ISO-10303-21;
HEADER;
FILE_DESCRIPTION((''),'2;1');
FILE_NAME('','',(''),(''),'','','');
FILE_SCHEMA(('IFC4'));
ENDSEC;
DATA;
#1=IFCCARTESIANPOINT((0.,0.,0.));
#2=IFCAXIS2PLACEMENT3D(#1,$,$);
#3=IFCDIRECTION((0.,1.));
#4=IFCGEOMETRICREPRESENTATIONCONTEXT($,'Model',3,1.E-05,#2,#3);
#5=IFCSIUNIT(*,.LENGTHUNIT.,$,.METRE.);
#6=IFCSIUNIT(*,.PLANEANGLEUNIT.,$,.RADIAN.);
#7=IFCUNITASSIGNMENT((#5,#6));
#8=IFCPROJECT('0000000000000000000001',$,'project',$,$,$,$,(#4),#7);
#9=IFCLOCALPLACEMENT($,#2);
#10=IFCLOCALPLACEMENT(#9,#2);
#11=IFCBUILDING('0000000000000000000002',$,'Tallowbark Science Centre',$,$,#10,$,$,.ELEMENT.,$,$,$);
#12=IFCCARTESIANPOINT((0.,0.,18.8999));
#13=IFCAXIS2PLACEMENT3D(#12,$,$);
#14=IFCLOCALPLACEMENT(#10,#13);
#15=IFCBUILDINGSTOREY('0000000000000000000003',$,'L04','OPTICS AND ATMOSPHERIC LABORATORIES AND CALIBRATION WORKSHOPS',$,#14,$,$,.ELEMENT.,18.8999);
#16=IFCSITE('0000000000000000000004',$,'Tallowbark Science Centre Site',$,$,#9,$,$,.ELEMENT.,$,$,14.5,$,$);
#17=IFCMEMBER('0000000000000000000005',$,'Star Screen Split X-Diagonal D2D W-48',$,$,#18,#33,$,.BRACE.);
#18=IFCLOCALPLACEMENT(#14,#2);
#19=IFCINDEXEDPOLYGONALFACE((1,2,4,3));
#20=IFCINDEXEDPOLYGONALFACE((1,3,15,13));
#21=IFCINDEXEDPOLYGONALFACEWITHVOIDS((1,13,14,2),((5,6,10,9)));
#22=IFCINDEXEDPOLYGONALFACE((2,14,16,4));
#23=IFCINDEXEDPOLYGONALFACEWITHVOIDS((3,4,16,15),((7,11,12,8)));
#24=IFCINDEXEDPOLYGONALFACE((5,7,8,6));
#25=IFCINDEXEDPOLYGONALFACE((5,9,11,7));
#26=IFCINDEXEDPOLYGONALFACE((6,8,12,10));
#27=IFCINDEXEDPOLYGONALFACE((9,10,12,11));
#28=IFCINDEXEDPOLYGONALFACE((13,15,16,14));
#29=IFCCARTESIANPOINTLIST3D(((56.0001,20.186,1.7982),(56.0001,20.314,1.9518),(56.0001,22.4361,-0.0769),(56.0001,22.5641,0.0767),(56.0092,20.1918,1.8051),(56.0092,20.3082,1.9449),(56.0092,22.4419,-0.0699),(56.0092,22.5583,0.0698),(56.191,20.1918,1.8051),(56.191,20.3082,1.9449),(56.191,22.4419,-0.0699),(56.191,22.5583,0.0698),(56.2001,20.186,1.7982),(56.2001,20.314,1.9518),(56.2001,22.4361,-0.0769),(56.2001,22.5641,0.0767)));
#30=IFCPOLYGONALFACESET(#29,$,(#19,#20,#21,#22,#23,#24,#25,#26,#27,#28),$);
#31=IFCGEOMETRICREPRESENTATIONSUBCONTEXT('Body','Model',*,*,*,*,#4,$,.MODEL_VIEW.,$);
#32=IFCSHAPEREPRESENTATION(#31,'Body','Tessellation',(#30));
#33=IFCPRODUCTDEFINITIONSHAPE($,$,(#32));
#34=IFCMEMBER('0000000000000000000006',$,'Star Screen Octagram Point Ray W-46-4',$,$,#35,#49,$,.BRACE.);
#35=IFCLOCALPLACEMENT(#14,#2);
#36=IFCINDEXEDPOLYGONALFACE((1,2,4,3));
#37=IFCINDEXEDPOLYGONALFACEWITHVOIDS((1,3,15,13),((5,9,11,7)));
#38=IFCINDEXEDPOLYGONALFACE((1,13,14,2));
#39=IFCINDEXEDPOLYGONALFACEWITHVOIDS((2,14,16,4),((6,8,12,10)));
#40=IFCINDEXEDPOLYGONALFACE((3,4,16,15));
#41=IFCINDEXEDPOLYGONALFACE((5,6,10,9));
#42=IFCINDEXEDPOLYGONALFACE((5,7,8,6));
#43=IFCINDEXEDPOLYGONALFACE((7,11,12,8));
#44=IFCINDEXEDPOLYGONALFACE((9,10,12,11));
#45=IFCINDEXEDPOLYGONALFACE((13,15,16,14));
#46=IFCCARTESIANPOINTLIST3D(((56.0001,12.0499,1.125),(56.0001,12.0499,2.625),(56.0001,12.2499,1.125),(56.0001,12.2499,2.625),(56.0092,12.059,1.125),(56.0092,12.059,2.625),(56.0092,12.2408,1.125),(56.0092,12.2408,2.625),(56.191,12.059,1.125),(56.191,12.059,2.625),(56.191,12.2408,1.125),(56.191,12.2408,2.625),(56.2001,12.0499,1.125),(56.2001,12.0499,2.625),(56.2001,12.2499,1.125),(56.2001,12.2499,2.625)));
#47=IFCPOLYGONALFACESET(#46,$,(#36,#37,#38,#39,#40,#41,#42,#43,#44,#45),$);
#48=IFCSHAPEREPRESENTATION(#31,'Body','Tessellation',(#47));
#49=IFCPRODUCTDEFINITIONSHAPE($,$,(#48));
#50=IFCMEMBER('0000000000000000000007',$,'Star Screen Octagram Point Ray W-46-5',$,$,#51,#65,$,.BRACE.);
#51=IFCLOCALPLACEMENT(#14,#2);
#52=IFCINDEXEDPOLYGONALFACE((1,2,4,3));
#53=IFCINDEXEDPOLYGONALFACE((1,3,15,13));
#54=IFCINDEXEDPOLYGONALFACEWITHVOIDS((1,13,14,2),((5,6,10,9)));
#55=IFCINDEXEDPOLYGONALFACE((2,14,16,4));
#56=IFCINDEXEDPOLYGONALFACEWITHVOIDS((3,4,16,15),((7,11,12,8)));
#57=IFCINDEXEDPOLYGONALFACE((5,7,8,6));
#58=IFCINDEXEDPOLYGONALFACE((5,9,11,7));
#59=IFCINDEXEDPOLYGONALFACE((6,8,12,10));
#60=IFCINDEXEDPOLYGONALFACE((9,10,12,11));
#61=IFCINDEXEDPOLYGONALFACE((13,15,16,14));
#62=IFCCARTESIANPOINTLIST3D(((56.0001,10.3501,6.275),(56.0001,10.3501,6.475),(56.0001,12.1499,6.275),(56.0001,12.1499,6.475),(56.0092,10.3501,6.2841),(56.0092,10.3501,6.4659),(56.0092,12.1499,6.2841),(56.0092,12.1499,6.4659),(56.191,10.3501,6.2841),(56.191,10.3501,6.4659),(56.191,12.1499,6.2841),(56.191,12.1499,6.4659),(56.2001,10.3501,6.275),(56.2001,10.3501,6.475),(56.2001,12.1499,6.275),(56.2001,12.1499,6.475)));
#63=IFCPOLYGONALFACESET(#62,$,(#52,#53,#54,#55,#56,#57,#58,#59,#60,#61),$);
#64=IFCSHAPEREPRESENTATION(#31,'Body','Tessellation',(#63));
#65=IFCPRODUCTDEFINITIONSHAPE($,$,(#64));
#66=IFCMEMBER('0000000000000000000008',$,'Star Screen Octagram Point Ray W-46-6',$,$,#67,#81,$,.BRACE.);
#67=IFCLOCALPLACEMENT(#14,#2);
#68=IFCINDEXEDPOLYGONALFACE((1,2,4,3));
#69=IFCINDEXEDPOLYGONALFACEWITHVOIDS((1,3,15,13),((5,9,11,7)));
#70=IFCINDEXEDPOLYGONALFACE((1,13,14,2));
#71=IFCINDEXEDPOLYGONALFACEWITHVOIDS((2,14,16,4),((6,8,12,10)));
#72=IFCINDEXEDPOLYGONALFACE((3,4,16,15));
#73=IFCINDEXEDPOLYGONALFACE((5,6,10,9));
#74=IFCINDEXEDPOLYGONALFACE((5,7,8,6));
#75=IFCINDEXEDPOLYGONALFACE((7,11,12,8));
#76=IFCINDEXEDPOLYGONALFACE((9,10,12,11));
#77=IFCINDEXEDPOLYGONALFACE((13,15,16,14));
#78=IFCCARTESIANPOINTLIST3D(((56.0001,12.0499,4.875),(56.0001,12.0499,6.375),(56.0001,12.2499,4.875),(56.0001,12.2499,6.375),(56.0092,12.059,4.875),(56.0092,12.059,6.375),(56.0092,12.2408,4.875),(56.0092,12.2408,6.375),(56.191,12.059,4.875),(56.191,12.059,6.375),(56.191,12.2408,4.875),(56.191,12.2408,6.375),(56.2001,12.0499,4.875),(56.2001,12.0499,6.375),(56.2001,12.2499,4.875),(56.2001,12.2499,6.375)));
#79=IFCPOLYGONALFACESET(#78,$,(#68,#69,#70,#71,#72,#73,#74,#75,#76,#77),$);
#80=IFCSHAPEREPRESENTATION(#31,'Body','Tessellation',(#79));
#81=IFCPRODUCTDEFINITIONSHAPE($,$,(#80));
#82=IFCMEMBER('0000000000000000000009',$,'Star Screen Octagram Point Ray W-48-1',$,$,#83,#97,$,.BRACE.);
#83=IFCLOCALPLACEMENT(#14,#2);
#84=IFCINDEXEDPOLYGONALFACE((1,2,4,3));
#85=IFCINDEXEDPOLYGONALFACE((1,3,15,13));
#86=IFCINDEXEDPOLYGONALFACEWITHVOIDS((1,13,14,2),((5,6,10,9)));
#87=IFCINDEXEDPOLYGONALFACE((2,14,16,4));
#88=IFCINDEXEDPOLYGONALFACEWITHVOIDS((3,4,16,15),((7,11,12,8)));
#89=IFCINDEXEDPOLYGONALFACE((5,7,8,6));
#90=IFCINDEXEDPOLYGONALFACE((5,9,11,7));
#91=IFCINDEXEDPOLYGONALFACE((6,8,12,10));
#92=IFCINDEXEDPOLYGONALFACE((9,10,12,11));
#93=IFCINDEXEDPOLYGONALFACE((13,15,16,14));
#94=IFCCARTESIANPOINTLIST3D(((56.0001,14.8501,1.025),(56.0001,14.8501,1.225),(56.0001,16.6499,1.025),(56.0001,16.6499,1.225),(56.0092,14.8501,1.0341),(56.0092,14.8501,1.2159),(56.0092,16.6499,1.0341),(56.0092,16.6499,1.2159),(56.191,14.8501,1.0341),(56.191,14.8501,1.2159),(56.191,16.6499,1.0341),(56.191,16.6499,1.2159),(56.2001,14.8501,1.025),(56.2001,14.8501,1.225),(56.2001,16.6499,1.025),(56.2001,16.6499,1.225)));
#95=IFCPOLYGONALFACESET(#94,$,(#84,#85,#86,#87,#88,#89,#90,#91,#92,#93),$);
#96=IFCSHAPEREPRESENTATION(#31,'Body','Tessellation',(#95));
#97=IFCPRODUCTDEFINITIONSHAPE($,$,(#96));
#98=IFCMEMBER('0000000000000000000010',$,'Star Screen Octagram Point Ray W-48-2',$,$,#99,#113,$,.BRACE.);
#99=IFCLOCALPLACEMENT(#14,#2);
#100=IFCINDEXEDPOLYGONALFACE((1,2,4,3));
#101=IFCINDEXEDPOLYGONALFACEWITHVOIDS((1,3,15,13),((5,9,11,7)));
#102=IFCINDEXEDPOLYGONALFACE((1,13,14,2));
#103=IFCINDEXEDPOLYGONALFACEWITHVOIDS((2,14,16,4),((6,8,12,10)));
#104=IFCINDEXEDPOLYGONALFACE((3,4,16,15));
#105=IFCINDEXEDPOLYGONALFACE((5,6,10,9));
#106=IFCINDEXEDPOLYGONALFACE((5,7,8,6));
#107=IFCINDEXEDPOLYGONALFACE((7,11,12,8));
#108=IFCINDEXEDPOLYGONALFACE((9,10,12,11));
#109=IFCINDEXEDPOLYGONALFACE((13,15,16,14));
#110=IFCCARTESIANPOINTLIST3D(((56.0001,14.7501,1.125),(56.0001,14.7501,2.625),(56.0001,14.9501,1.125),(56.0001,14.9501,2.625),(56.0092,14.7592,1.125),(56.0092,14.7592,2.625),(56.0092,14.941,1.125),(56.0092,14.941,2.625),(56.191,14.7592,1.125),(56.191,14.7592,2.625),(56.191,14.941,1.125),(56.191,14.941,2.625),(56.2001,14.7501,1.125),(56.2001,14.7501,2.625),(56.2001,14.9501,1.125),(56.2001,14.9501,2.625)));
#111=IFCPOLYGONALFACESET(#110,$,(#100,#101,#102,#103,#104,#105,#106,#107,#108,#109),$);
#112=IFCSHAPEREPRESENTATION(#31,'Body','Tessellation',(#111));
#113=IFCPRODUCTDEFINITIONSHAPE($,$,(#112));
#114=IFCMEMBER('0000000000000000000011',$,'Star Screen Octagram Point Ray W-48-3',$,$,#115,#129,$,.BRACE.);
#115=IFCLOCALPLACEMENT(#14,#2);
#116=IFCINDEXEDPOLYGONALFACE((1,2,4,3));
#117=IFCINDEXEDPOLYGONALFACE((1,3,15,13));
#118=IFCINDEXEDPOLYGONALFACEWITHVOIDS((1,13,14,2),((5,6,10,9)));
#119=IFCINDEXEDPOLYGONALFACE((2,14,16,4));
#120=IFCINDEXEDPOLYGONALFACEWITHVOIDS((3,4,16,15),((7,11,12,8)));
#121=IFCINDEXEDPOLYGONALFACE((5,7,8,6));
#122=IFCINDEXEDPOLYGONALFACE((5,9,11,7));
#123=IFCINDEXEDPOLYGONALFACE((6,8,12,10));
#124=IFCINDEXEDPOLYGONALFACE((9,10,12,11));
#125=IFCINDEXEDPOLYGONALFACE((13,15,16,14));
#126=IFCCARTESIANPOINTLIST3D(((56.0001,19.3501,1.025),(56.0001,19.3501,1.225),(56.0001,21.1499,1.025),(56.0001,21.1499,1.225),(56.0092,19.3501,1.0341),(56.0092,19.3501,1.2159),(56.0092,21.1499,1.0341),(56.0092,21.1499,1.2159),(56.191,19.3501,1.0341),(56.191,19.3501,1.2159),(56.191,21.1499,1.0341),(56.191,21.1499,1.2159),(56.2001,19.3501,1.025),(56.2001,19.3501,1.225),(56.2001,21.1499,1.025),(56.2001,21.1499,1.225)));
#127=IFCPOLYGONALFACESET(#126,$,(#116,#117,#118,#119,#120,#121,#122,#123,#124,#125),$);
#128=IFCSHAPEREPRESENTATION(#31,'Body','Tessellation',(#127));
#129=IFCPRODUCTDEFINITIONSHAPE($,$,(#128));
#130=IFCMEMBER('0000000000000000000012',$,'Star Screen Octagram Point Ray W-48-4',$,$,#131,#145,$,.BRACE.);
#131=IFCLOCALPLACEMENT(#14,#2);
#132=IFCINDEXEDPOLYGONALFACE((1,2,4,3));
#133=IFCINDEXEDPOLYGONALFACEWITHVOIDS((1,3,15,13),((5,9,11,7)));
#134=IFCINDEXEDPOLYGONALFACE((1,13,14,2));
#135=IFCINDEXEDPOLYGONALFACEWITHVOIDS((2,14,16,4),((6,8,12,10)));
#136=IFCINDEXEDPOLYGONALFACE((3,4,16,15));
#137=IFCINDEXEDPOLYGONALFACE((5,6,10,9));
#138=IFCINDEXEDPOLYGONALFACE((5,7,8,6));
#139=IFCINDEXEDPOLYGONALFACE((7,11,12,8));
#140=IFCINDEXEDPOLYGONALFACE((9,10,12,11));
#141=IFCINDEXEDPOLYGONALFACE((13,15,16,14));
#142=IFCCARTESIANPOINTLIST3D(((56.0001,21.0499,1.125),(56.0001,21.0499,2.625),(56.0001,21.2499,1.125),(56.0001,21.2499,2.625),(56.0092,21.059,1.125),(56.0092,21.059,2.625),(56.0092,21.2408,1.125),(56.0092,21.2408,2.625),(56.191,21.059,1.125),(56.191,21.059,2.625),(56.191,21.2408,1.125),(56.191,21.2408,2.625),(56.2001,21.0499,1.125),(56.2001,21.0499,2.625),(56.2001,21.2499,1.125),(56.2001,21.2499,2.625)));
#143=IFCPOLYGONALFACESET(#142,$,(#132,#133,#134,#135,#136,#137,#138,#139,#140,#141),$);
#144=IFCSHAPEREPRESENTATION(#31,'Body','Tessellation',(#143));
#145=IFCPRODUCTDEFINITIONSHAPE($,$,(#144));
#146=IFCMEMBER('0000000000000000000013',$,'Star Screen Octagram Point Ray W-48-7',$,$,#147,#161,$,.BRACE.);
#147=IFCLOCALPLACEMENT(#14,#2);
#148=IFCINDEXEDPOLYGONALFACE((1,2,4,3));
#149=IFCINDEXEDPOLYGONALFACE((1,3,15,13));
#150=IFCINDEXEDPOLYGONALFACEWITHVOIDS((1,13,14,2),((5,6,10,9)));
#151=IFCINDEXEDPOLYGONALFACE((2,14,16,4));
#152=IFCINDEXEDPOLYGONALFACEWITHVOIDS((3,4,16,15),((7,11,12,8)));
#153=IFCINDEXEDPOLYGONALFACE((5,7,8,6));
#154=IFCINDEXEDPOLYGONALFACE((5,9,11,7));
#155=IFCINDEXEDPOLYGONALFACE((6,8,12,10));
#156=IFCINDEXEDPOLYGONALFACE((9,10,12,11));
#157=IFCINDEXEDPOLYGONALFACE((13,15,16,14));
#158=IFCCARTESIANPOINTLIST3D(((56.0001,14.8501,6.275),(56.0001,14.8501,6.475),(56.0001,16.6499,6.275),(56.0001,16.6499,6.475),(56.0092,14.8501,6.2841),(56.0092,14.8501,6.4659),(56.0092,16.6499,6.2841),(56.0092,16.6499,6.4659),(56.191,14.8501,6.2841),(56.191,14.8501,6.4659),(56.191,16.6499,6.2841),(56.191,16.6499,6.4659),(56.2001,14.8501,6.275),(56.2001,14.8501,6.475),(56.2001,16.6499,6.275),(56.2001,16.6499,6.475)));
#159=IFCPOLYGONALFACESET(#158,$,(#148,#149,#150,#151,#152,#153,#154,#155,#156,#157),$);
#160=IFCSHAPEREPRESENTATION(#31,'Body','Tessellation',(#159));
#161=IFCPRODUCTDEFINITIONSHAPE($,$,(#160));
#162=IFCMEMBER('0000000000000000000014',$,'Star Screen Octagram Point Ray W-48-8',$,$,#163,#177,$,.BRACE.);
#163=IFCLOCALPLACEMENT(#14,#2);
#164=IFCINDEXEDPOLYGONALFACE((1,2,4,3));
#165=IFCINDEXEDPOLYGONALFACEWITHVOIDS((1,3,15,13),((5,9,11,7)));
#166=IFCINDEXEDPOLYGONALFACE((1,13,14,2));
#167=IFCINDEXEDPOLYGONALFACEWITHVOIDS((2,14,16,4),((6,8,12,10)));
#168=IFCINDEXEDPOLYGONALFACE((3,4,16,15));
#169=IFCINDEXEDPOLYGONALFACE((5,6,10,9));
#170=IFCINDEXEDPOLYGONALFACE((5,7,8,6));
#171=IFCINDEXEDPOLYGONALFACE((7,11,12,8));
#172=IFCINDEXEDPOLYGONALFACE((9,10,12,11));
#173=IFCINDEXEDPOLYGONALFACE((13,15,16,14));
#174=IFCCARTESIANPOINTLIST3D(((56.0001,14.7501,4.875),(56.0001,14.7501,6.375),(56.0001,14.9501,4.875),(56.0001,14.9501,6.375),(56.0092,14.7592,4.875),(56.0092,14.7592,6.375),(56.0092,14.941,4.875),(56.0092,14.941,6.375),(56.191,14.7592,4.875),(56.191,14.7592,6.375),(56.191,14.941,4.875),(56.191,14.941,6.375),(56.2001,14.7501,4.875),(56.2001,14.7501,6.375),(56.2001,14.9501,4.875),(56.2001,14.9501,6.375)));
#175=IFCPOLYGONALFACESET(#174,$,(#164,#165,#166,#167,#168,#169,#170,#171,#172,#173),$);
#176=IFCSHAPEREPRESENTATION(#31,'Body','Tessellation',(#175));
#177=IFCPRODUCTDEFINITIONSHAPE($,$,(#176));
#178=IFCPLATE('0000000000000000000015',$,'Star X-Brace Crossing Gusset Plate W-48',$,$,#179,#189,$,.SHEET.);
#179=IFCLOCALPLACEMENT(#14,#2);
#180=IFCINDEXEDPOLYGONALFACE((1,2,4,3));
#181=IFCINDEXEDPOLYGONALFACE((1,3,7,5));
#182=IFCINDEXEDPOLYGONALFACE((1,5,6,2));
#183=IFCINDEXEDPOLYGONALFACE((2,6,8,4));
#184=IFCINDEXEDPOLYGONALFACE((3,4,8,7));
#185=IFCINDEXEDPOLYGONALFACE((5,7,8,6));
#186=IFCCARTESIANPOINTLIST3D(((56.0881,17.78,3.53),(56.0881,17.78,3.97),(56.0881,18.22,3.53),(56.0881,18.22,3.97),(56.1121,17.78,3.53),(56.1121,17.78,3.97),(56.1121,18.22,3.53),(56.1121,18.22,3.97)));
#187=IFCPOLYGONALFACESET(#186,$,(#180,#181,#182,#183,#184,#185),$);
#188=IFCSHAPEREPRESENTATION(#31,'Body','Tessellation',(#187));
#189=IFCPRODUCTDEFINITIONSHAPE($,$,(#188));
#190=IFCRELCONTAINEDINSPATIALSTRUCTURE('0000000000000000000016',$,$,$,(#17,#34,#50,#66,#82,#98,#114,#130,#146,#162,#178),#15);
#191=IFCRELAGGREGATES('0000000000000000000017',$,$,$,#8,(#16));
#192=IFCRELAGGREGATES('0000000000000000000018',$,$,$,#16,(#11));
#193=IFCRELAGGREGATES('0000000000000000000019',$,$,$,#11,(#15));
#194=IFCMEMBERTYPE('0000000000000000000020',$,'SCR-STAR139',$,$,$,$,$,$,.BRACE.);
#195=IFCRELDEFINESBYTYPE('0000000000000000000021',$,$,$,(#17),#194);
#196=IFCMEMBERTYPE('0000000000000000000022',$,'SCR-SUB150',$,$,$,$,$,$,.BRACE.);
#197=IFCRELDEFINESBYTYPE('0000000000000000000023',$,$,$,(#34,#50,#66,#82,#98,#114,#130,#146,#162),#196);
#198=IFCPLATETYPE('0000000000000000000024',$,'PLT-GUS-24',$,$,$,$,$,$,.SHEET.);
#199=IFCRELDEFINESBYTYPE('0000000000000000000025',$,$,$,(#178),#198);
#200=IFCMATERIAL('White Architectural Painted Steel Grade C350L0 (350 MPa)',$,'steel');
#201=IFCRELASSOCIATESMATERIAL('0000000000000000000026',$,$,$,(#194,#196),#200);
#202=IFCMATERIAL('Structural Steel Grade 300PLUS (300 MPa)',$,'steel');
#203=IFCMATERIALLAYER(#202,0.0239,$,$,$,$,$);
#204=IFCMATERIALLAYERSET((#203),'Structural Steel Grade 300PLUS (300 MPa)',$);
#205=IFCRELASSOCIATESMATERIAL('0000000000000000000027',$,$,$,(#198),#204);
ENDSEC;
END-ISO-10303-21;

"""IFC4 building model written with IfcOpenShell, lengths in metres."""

from ifc_helpers import new_model, si_unit, direction, frame, origin, origin_2d, place, context, subcontext, project, spatial, rectangle, hollow_rectangle, extrude, material, layer, layer_set, material_profile, profile_set, type_object, element, save


model = new_model("IFC4")

# Units and contexts
model_context = context("Model", 3, precision=1e-05, world=origin(), true_north=direction((0.0, 1.0)))
body_context = subcontext(model_context, "Body", "Model", "MODEL_VIEW")
ifc_project = project(units=[si_unit("LENGTHUNIT", "METRE"), si_unit("PLANEANGLEUNIT", "RADIAN")], contexts=[model_context])

# Site, building, storey
site_placement = place(None, origin())
site = spatial("IfcSite", under=ifc_project, at=site_placement, Name="Tallowbark Science Centre Site", CompositionType="ELEMENT", RefElevation=14.5)
building_placement = place(site_placement, origin())
building = spatial("IfcBuilding", under=site, at=building_placement, Name="Tallowbark Science Centre", CompositionType="ELEMENT")
storey_placement = place(building_placement, frame((0.0, 0.0, 18.8999)))
storey = spatial("IfcBuildingStorey", under=building, at=storey_placement, Name="L04", Description="OPTICS AND ATMOSPHERIC LABORATORIES AND CALIBRATION WORKSHOPS", CompositionType="ELEMENT", Elevation=18.8999)

# Shared definitions
ifc_material_1 = material(Name="White Architectural Painted Steel Grade C350L0 (350 MPa)", Category="steel")

# Members
ifc_material_profile_1 = material_profile(ifc_material_1, hollow_rectangle(XDim=0.2, YDim=0.2, WallThickness=0.009, at=origin_2d()), Name="200x200x9.0SHS")
ifc_profile_set_1 = profile_set([ifc_material_profile_1], Name="White Architectural Painted Steel Grade C350L0 (350 MPa)")
member_type_1 = type_object("IfcMemberType", Name="SCR-STAR139", PredefinedType="BRACE", material=ifc_profile_set_1)
for number, where, z_axis, x_axis, name in (
    (1, (56.1001, 20.25, 1.875), (0.0, 0.768221, -0.640184), (-1.0, 0.0, 0.0), "Star Screen Split X-Diagonal D2D W-48"),
):
    element("IfcMember", number, at=place(storey_placement, frame(where, z_axis=z_axis, x_axis=x_axis)), inside=storey, type_object=member_type_1, Name=name, PredefinedType="BRACE", context=body_context, shape_type="SweptSolid", body=[
        extrude(hollow_rectangle(XDim=0.2, YDim=0.2, WallThickness=0.009, at=origin_2d()), origin(), (0.0, 0.0, 1.0), 2.929),
    ])
ifc_material_profile_2 = material_profile(ifc_material_1, hollow_rectangle(XDim=0.2, YDim=0.2, WallThickness=0.009, at=origin_2d()), Name="200x200x9.0SHS")
ifc_profile_set_2 = profile_set([ifc_material_profile_2], Name="White Architectural Painted Steel Grade C350L0 (350 MPa)")
member_type_2 = type_object("IfcMemberType", Name="SCR-SUB150", PredefinedType="BRACE", material=ifc_profile_set_2)
member_1_placement = place(storey_placement, frame((56.1001, 12.1499, 1.125), z_axis=(0.0, 0.0, 1.0), x_axis=(1.0, 0.0, 0.0)))
element("IfcMember", 2, at=member_1_placement, inside=storey, type_object=member_type_2, Name="Star Screen Octagram Point Ray W-46-4", PredefinedType="BRACE", context=body_context, shape_type="SweptSolid", body=[
    extrude(hollow_rectangle(XDim=0.2, YDim=0.2, WallThickness=0.009, at=origin_2d()), origin(), (0.0, 0.0, 1.0), 1.5),
])
member_2_placement = place(storey_placement, frame((56.1001, 12.1499, 6.375), z_axis=(0.0, -1.0, 0.0), x_axis=(1.0, 0.0, 0.0)))
element("IfcMember", 3, at=member_2_placement, inside=storey, type_object=member_type_2, Name="Star Screen Octagram Point Ray W-46-5", PredefinedType="BRACE", context=body_context, shape_type="SweptSolid", body=[
    extrude(hollow_rectangle(XDim=0.2, YDim=0.2, WallThickness=0.009, at=origin_2d()), origin(), (0.0, 0.0, 1.0), 1.7998),
])
member_3_placement = place(storey_placement, frame((56.1001, 12.1499, 6.375), z_axis=(0.0, 0.0, -1.0), x_axis=(1.0, 0.0, 0.0)))
element("IfcMember", 4, at=member_3_placement, inside=storey, type_object=member_type_2, Name="Star Screen Octagram Point Ray W-46-6", PredefinedType="BRACE", context=body_context, shape_type="SweptSolid", body=[
    extrude(hollow_rectangle(XDim=0.2, YDim=0.2, WallThickness=0.009, at=origin_2d()), origin(), (0.0, 0.0, 1.0), 1.5),
])
member_4_placement = place(storey_placement, frame((56.1001, 14.8501, 1.125), z_axis=(0.0, 1.0, 0.0), x_axis=(-1.0, 0.0, 0.0)))
element("IfcMember", 5, at=member_4_placement, inside=storey, type_object=member_type_2, Name="Star Screen Octagram Point Ray W-48-1", PredefinedType="BRACE", context=body_context, shape_type="SweptSolid", body=[
    extrude(hollow_rectangle(XDim=0.2, YDim=0.2, WallThickness=0.009, at=origin_2d()), origin(), (0.0, 0.0, 1.0), 1.7998),
])
member_5_placement = place(storey_placement, frame((56.1001, 14.8501, 1.125), z_axis=(0.0, 0.0, 1.0), x_axis=(1.0, 0.0, 0.0)))
element("IfcMember", 6, at=member_5_placement, inside=storey, type_object=member_type_2, Name="Star Screen Octagram Point Ray W-48-2", PredefinedType="BRACE", context=body_context, shape_type="SweptSolid", body=[
    extrude(hollow_rectangle(XDim=0.2, YDim=0.2, WallThickness=0.009, at=origin_2d()), origin(), (0.0, 0.0, 1.0), 1.5),
])
member_6_placement = place(storey_placement, frame((56.1001, 21.1499, 1.125), z_axis=(0.0, -1.0, 0.0), x_axis=(1.0, 0.0, 0.0)))
element("IfcMember", 7, at=member_6_placement, inside=storey, type_object=member_type_2, Name="Star Screen Octagram Point Ray W-48-3", PredefinedType="BRACE", context=body_context, shape_type="SweptSolid", body=[
    extrude(hollow_rectangle(XDim=0.2, YDim=0.2, WallThickness=0.009, at=origin_2d()), origin(), (0.0, 0.0, 1.0), 1.7998),
])
member_7_placement = place(storey_placement, frame((56.1001, 21.1499, 1.125), z_axis=(0.0, 0.0, 1.0), x_axis=(1.0, 0.0, 0.0)))
element("IfcMember", 8, at=member_7_placement, inside=storey, type_object=member_type_2, Name="Star Screen Octagram Point Ray W-48-4", PredefinedType="BRACE", context=body_context, shape_type="SweptSolid", body=[
    extrude(hollow_rectangle(XDim=0.2, YDim=0.2, WallThickness=0.009, at=origin_2d()), origin(), (0.0, 0.0, 1.0), 1.5),
])
member_8_placement = place(storey_placement, frame((56.1001, 14.8501, 6.375), z_axis=(0.0, 1.0, 0.0), x_axis=(-1.0, 0.0, 0.0)))
element("IfcMember", 9, at=member_8_placement, inside=storey, type_object=member_type_2, Name="Star Screen Octagram Point Ray W-48-7", PredefinedType="BRACE", context=body_context, shape_type="SweptSolid", body=[
    extrude(hollow_rectangle(XDim=0.2, YDim=0.2, WallThickness=0.009, at=origin_2d()), origin(), (0.0, 0.0, 1.0), 1.7998),
])
member_9_placement = place(storey_placement, frame((56.1001, 14.8501, 6.375), z_axis=(0.0, 0.0, -1.0), x_axis=(1.0, 0.0, 0.0)))
element("IfcMember", 10, at=member_9_placement, inside=storey, type_object=member_type_2, Name="Star Screen Octagram Point Ray W-48-8", PredefinedType="BRACE", context=body_context, shape_type="SweptSolid", body=[
    extrude(hollow_rectangle(XDim=0.2, YDim=0.2, WallThickness=0.009, at=origin_2d()), origin(), (0.0, 0.0, 1.0), 1.5),
])

# Plate
ifc_material_2 = material(Name="Structural Steel Grade 300PLUS (300 MPa)", Category="steel")
ifc_layer_1 = layer(ifc_material_2, 0.0239)
ifc_layer_set_1 = layer_set([ifc_layer_1], Name="Structural Steel Grade 300PLUS (300 MPa)")
plate_type_1 = type_object("IfcPlateType", Name="PLT-GUS-24", PredefinedType="SHEET", material=ifc_layer_set_1)
plate_1_placement = place(storey_placement, frame((56.1001, 18.0, 3.53), z_axis=(0.0, 0.0, 1.0), x_axis=(0.0, 1.0, 0.0)))
element("IfcPlate", 11, at=plate_1_placement, inside=storey, type_object=plate_type_1, Name="Star X-Brace Crossing Gusset Plate W-48", PredefinedType="SHEET", context=body_context, shape_type="SweptSolid", body=[
    extrude(rectangle(XDim=0.4399, YDim=0.0239, at=origin_2d()), origin(), (0.0, 0.0, 1.0), 0.4399),
])

save(model, "model.ifc")
